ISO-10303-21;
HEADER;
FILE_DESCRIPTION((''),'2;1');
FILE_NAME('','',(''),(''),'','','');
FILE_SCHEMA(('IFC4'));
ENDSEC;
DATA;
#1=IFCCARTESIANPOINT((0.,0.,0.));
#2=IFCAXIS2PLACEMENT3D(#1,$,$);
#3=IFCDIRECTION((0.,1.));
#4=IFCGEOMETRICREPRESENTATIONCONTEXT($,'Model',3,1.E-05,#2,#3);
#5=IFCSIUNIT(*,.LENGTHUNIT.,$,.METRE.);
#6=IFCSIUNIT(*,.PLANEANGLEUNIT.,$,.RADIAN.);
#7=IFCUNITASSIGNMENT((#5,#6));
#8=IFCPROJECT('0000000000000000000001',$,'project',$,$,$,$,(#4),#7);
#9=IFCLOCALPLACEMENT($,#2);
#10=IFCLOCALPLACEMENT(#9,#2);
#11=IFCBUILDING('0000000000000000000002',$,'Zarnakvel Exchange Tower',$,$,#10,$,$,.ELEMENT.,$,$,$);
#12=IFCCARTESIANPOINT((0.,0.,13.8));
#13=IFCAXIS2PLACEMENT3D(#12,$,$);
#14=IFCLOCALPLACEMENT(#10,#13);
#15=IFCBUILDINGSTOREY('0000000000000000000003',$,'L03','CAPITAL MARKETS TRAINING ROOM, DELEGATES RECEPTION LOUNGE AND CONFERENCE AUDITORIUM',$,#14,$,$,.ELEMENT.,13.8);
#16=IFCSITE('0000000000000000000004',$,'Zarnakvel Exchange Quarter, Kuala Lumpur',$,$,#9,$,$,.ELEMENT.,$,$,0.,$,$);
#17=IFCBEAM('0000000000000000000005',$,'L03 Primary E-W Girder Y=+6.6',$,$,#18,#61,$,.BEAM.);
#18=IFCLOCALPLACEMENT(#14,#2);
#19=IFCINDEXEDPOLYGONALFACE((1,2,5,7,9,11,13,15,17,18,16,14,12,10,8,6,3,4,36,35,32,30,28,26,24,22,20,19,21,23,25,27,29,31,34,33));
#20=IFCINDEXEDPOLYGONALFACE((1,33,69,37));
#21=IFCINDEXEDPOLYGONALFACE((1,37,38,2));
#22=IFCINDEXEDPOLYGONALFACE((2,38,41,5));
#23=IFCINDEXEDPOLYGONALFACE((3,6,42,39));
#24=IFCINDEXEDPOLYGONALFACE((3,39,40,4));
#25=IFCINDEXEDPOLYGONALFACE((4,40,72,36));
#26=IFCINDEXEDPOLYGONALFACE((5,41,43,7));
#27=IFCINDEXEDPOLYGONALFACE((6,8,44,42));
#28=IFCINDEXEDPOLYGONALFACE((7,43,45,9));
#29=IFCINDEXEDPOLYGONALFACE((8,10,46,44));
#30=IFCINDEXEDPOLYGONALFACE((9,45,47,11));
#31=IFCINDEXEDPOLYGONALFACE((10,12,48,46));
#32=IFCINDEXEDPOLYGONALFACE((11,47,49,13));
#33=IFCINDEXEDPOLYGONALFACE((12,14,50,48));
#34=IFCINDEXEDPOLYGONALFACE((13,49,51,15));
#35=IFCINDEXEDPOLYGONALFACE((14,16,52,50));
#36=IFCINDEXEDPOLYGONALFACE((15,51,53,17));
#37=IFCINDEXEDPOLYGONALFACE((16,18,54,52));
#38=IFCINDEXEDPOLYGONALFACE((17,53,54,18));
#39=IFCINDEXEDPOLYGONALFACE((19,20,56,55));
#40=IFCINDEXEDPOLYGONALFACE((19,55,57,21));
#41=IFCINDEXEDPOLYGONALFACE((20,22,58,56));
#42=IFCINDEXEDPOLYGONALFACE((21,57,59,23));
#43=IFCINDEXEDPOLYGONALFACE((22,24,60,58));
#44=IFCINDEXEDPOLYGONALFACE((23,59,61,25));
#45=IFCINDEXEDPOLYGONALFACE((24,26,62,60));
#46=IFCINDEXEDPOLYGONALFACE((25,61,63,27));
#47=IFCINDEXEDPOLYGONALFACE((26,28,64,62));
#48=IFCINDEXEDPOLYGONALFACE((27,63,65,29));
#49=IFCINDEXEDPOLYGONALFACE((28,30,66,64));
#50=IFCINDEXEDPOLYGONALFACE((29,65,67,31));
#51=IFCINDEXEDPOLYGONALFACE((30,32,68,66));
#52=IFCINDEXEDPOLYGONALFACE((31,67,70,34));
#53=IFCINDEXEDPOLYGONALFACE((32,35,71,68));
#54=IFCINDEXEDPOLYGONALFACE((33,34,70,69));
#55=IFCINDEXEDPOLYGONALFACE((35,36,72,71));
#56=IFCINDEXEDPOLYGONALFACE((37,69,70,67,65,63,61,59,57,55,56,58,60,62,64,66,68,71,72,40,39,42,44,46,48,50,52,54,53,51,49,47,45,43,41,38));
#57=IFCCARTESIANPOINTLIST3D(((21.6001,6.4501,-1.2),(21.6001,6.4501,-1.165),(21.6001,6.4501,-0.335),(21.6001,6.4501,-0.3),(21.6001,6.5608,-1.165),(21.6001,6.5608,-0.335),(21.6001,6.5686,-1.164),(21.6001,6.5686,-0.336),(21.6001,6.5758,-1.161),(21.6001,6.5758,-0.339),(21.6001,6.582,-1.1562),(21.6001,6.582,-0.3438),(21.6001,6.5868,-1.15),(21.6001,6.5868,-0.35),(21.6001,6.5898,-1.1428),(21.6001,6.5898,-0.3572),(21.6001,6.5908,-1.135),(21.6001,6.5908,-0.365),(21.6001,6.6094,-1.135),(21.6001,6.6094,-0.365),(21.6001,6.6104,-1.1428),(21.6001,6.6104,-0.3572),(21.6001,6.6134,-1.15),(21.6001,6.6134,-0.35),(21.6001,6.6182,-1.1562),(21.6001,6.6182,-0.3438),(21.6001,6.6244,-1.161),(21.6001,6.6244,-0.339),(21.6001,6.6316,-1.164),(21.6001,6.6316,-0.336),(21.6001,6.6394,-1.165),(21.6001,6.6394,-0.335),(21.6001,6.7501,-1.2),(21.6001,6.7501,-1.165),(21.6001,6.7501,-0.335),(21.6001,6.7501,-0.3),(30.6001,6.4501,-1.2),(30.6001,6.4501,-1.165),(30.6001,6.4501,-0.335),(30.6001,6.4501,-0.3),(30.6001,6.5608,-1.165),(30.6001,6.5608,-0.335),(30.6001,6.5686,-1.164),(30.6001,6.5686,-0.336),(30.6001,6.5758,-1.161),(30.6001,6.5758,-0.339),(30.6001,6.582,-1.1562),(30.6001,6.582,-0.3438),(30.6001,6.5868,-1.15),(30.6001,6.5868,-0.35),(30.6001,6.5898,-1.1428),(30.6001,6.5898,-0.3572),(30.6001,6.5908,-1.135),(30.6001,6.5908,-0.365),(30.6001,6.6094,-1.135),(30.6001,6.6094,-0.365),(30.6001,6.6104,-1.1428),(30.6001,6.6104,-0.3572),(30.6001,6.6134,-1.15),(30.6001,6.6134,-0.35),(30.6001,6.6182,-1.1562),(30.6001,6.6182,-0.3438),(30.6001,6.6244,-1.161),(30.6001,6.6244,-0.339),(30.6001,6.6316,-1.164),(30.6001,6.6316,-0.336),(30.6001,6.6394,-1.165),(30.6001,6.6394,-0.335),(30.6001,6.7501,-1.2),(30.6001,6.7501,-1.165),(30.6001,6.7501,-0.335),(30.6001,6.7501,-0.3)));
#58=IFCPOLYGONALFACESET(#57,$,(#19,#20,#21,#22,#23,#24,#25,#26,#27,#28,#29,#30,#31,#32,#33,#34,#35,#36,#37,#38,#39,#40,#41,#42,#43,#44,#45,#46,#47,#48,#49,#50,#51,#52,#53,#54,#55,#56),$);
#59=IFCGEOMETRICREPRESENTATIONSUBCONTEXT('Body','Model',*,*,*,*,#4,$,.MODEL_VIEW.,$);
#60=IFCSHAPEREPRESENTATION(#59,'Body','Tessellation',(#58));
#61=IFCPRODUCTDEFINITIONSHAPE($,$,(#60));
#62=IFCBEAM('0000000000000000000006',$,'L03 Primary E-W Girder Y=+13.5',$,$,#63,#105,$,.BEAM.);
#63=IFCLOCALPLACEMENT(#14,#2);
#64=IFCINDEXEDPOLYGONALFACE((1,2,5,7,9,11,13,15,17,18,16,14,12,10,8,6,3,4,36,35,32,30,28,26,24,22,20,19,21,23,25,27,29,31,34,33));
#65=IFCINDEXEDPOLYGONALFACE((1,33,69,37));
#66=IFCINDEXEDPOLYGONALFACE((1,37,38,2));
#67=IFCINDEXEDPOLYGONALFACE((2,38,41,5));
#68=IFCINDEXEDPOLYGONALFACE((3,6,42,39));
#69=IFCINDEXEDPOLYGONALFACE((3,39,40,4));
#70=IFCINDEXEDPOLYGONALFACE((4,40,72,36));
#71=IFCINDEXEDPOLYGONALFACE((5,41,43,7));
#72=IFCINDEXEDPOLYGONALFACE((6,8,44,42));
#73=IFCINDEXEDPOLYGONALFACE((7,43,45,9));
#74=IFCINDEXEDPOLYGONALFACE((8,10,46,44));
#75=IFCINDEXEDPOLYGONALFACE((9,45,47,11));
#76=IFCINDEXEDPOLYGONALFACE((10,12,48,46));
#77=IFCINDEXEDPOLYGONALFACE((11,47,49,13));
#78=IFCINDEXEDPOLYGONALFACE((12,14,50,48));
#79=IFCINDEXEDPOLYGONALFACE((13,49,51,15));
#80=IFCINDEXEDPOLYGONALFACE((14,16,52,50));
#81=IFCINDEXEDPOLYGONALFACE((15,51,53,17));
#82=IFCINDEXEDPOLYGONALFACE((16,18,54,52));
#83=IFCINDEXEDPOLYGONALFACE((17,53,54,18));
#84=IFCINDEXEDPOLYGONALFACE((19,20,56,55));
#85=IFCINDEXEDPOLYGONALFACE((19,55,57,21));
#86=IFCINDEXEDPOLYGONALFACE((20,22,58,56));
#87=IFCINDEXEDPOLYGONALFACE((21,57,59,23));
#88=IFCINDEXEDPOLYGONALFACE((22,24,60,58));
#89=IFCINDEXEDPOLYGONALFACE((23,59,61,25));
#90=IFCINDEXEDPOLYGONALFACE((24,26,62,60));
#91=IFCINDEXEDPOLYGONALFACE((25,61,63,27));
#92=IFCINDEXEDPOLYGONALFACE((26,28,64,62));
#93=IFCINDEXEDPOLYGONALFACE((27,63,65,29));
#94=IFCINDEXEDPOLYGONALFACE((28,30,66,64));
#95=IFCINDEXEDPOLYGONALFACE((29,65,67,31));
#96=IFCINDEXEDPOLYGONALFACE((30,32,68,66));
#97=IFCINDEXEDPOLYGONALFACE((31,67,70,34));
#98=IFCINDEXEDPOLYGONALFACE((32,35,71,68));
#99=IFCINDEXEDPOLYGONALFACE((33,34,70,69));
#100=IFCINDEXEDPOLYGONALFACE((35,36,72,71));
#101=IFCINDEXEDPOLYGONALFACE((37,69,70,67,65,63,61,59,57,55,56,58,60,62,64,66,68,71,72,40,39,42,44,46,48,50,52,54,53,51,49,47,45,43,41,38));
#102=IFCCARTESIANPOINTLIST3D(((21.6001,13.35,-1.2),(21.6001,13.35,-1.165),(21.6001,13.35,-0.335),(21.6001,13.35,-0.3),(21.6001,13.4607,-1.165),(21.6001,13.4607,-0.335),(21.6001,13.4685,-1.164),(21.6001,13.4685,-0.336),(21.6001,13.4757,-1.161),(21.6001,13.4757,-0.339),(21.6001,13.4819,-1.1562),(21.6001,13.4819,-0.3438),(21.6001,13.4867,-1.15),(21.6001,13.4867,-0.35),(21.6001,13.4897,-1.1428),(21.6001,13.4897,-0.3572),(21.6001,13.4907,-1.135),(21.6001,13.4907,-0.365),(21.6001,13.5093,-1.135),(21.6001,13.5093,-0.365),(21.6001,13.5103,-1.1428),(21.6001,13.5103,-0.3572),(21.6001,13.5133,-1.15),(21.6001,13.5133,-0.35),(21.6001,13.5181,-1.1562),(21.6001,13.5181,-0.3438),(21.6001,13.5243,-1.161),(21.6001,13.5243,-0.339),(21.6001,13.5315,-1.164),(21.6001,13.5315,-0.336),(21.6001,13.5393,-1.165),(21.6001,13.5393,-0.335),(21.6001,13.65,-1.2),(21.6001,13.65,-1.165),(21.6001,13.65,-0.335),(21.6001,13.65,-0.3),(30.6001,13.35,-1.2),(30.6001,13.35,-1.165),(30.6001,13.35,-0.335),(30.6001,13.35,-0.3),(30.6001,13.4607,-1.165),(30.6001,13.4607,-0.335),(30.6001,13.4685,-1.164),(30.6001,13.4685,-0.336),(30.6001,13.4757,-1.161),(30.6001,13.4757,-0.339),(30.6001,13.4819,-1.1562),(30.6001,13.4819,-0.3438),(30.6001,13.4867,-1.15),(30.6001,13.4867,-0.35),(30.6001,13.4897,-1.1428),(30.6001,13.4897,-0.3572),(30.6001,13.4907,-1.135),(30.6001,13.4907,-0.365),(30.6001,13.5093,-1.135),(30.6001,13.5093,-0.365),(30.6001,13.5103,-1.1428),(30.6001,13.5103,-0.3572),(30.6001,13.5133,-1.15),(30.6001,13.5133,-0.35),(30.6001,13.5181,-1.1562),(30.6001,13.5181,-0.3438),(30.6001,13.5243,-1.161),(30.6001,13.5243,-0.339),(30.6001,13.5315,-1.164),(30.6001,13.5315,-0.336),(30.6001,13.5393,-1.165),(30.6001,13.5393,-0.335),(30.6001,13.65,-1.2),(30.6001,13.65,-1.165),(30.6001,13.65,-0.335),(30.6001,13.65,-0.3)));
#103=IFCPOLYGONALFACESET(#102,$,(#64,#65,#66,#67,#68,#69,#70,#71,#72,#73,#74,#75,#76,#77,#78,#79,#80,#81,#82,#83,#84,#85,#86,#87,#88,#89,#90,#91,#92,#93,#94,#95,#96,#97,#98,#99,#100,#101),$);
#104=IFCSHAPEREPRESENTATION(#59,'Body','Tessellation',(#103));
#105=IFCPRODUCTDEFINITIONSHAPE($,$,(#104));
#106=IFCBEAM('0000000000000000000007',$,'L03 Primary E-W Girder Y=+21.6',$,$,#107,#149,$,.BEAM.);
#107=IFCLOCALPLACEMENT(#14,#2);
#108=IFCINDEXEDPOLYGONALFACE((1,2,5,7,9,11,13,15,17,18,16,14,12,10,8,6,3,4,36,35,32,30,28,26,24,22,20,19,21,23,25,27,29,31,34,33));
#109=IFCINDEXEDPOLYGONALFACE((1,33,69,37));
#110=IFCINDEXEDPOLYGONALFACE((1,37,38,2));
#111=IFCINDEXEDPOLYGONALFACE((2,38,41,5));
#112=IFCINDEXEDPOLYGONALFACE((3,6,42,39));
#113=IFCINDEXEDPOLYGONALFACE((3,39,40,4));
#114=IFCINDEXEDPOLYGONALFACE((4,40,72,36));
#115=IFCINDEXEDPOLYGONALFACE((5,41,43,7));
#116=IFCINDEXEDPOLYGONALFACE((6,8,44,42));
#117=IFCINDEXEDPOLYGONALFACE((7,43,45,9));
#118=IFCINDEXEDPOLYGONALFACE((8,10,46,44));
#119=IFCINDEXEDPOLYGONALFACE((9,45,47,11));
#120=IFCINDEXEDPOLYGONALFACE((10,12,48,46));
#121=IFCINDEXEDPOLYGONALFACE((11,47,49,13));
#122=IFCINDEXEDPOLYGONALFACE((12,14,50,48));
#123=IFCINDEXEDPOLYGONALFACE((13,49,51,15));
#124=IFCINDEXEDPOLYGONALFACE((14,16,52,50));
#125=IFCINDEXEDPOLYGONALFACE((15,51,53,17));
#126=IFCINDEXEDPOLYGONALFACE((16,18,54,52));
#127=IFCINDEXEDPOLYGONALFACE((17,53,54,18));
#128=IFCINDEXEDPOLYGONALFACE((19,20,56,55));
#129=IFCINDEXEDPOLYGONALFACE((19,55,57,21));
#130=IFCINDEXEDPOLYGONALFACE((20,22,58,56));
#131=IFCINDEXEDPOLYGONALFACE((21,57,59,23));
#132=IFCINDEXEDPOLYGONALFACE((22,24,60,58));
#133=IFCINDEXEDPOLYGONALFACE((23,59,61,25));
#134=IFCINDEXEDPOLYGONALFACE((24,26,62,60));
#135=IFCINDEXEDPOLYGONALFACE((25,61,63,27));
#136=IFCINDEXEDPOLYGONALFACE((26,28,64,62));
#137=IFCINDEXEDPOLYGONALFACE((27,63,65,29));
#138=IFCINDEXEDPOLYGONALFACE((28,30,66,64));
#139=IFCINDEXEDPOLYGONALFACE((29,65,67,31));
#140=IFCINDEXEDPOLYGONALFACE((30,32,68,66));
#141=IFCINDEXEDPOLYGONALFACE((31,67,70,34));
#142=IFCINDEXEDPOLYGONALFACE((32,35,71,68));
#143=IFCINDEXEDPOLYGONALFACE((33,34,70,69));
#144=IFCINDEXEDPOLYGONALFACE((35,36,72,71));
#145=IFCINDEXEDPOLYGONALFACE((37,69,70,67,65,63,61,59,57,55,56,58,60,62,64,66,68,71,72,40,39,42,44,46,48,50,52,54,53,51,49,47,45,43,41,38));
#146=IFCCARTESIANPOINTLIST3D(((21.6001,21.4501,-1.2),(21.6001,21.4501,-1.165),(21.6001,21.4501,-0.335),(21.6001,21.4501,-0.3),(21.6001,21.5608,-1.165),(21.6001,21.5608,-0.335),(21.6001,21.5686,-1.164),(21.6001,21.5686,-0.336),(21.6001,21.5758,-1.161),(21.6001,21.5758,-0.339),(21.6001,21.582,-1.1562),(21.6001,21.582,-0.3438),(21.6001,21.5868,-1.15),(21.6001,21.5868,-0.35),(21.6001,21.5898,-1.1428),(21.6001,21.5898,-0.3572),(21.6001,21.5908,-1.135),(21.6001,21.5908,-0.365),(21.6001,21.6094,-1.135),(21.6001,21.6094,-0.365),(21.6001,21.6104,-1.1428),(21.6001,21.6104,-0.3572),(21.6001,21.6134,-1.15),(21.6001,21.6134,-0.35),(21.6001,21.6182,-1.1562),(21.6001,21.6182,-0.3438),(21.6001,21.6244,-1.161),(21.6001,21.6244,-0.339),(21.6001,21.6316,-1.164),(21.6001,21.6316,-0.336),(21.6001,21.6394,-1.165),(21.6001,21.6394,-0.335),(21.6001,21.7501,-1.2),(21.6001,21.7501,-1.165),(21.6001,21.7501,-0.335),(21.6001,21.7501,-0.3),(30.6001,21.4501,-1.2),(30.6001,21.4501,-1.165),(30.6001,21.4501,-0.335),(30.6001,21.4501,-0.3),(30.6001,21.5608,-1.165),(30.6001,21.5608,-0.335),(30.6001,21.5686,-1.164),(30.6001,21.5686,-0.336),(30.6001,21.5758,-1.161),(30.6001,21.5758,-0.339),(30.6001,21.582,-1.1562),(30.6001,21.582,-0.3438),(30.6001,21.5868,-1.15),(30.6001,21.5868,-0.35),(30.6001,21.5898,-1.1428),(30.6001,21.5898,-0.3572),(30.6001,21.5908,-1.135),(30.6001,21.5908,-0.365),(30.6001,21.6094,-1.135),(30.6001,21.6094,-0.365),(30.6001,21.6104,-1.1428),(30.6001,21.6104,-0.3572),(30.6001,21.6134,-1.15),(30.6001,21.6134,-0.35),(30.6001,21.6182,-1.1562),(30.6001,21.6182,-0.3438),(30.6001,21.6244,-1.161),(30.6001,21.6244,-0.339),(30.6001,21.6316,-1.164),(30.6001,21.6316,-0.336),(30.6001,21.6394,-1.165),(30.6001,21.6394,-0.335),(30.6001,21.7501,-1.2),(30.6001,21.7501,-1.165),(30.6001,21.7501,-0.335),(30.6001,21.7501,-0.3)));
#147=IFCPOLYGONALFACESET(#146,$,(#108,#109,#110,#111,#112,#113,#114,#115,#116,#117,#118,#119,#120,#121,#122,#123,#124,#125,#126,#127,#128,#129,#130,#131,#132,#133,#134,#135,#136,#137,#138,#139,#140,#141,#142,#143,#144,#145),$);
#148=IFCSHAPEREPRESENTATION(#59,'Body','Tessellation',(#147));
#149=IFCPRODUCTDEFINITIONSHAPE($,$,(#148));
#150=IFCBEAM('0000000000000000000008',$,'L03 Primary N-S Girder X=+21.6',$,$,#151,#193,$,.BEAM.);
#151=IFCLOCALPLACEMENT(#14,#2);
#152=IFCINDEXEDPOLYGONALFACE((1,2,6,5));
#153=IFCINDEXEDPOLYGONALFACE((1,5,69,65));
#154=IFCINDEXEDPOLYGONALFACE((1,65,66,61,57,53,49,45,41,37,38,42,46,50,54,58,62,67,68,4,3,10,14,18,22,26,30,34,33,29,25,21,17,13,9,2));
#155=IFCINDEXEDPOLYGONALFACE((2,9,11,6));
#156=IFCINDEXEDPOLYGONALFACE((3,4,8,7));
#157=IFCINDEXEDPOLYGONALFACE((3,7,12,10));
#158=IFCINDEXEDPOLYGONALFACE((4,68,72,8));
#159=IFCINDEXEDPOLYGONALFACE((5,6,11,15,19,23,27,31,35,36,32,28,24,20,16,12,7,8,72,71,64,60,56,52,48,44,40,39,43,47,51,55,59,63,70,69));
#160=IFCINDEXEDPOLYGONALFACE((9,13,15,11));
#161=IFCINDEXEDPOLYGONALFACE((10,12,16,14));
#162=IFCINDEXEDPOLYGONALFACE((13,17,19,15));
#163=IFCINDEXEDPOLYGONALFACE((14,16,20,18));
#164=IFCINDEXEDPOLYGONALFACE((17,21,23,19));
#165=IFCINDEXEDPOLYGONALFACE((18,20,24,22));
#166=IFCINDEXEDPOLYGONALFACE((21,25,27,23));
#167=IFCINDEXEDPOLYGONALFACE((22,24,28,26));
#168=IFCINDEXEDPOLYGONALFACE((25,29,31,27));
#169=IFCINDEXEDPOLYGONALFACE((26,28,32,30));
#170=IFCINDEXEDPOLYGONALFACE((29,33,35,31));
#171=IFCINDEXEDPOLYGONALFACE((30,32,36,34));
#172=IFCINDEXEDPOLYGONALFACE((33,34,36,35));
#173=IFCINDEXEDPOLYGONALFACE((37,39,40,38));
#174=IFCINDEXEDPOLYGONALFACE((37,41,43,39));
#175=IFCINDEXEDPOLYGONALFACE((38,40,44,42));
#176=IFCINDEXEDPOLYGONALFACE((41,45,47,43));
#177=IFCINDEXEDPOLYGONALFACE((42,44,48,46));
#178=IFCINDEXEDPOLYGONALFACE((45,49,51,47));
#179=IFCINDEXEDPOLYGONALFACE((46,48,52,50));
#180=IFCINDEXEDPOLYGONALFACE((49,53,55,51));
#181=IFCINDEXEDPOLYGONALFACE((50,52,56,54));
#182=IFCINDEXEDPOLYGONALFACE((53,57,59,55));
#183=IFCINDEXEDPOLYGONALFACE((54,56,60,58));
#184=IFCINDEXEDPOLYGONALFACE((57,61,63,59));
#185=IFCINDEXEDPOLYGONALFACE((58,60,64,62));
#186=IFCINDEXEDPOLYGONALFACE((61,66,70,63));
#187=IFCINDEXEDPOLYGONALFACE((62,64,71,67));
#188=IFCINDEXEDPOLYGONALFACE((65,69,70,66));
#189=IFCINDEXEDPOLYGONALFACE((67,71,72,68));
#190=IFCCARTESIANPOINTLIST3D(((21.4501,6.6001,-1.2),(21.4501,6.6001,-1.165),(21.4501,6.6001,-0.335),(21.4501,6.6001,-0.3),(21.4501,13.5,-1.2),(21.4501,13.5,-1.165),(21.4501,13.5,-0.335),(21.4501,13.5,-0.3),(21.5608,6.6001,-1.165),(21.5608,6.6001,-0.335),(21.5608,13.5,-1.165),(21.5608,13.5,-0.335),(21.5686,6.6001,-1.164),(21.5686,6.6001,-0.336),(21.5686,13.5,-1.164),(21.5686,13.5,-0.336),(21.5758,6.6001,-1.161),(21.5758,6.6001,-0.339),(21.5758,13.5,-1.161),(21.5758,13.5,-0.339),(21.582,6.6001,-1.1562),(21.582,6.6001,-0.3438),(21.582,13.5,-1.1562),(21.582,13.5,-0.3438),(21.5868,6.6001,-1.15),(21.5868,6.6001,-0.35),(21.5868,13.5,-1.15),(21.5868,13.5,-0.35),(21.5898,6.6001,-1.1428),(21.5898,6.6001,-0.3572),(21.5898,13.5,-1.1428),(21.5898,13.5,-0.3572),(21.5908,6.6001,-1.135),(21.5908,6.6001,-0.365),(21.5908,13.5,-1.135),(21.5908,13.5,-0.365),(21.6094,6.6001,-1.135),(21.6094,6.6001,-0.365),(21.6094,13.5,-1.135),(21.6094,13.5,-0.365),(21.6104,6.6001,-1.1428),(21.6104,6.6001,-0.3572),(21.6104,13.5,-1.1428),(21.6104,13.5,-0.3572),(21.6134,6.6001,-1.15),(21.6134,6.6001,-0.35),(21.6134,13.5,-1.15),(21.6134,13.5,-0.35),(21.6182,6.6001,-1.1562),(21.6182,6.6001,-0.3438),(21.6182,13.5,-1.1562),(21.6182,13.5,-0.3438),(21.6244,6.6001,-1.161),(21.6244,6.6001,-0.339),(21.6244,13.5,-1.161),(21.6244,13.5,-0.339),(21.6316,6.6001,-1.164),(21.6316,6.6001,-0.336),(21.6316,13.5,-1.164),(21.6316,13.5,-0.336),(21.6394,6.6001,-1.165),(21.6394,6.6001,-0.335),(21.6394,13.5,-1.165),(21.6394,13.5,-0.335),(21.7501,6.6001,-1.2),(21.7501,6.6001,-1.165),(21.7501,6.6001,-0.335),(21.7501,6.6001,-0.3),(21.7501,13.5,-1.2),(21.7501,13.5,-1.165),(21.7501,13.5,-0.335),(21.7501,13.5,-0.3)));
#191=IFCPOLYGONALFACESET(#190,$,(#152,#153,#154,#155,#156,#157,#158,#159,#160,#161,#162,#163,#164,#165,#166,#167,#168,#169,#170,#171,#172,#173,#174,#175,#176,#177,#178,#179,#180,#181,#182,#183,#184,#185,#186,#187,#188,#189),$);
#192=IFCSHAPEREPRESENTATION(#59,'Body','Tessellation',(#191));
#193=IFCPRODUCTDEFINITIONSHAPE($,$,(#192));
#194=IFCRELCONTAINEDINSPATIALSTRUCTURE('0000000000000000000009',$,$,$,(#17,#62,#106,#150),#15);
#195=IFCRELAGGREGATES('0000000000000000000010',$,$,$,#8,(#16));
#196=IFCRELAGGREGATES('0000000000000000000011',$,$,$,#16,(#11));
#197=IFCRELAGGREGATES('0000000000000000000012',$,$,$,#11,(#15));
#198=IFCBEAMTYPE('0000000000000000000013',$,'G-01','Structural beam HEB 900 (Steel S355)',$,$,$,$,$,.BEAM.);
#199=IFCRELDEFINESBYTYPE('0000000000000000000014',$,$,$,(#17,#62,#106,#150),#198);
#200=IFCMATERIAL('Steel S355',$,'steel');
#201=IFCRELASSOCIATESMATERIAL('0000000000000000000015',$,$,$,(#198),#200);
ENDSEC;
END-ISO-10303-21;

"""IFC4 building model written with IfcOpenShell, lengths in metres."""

from ifc_helpers import new_model, si_unit, direction, frame, origin, origin_2d, place, context, subcontext, project, spatial, i_section, extrude, material, material_profile, profile_set, type_object, element, save


model = new_model("IFC4")

# Units and contexts
model_context = context("Model", 3, precision=1e-05, world=origin(), true_north=direction((0.0, 1.0)))
body_context = subcontext(model_context, "Body", "Model", "MODEL_VIEW")
ifc_project = project(units=[si_unit("LENGTHUNIT", "METRE"), si_unit("PLANEANGLEUNIT", "RADIAN")], contexts=[model_context])

# Site, building, storey
site_placement = place(None, origin())
site = spatial("IfcSite", under=ifc_project, at=site_placement, Name="Zarnakvel Exchange Quarter, Kuala Lumpur", CompositionType="ELEMENT", RefElevation=0.0)
building_placement = place(site_placement, origin())
building = spatial("IfcBuilding", under=site, at=building_placement, Name="Zarnakvel Exchange Tower", CompositionType="ELEMENT")
storey_placement = place(building_placement, frame((0.0, 0.0, 13.8)))
storey = spatial("IfcBuildingStorey", under=building, at=storey_placement, Name="L03", Description="CAPITAL MARKETS TRAINING ROOM, DELEGATES RECEPTION LOUNGE AND CONFERENCE AUDITORIUM", CompositionType="ELEMENT", Elevation=13.8)

# Beams
ifc_material_1 = material(Name="Steel S355", Category="steel")
ifc_material_profile_1 = material_profile(ifc_material_1, i_section(OverallWidth=0.3, OverallDepth=0.8999, WebThickness=0.0186, FlangeThickness=0.0349, FilletRadius=0.03, at=origin_2d()))
ifc_profile_set_1 = profile_set([ifc_material_profile_1], Name="Steel S355")
beam_type_1 = type_object("IfcBeamType", Name="G-01", Description="Structural beam HEB 900 (Steel S355)", PredefinedType="BEAM", material=ifc_profile_set_1)
for number, where, z_axis, x_axis, name in (
    (1, (21.6001, 6.6001, -0.75), (1.0, 0.0, 0.0), (0.0, 1.0, 0.0), "L03 Primary E-W Girder Y=+6.6"),
    (2, (21.6001, 13.5, -0.75), (1.0, 0.0, 0.0), (0.0, 1.0, 0.0), "L03 Primary E-W Girder Y=+13.5"),
    (3, (21.6001, 21.6001, -0.75), (1.0, 0.0, 0.0), (0.0, 1.0, 0.0), "L03 Primary E-W Girder Y=+21.6"),
):
    element("IfcBeam", number, at=place(storey_placement, frame(where, z_axis=z_axis, x_axis=x_axis)), inside=storey, type_object=beam_type_1, Name=name, PredefinedType="BEAM", context=body_context, shape_type="SweptSolid", body=[
        extrude(i_section(OverallWidth=0.3, OverallDepth=0.8999, WebThickness=0.0186, FlangeThickness=0.0349, FilletRadius=0.03, at=origin_2d()), origin(), (0.0, 0.0, 1.0), 9.0),
    ])
beam_1_placement = place(storey_placement, frame((21.6001, 6.6001, -0.75), z_axis=(0.0, 1.0, 0.0), x_axis=(-1.0, 0.0, 0.0)))
element("IfcBeam", 4, at=beam_1_placement, inside=storey, type_object=beam_type_1, Name="L03 Primary N-S Girder X=+21.6", PredefinedType="BEAM", context=body_context, shape_type="SweptSolid", body=[
    extrude(i_section(OverallWidth=0.3, OverallDepth=0.8999, WebThickness=0.0186, FlangeThickness=0.0349, FilletRadius=0.03, at=origin_2d()), origin(), (0.0, 0.0, 1.0), 6.8999),
])

save(model, "model.ifc")
